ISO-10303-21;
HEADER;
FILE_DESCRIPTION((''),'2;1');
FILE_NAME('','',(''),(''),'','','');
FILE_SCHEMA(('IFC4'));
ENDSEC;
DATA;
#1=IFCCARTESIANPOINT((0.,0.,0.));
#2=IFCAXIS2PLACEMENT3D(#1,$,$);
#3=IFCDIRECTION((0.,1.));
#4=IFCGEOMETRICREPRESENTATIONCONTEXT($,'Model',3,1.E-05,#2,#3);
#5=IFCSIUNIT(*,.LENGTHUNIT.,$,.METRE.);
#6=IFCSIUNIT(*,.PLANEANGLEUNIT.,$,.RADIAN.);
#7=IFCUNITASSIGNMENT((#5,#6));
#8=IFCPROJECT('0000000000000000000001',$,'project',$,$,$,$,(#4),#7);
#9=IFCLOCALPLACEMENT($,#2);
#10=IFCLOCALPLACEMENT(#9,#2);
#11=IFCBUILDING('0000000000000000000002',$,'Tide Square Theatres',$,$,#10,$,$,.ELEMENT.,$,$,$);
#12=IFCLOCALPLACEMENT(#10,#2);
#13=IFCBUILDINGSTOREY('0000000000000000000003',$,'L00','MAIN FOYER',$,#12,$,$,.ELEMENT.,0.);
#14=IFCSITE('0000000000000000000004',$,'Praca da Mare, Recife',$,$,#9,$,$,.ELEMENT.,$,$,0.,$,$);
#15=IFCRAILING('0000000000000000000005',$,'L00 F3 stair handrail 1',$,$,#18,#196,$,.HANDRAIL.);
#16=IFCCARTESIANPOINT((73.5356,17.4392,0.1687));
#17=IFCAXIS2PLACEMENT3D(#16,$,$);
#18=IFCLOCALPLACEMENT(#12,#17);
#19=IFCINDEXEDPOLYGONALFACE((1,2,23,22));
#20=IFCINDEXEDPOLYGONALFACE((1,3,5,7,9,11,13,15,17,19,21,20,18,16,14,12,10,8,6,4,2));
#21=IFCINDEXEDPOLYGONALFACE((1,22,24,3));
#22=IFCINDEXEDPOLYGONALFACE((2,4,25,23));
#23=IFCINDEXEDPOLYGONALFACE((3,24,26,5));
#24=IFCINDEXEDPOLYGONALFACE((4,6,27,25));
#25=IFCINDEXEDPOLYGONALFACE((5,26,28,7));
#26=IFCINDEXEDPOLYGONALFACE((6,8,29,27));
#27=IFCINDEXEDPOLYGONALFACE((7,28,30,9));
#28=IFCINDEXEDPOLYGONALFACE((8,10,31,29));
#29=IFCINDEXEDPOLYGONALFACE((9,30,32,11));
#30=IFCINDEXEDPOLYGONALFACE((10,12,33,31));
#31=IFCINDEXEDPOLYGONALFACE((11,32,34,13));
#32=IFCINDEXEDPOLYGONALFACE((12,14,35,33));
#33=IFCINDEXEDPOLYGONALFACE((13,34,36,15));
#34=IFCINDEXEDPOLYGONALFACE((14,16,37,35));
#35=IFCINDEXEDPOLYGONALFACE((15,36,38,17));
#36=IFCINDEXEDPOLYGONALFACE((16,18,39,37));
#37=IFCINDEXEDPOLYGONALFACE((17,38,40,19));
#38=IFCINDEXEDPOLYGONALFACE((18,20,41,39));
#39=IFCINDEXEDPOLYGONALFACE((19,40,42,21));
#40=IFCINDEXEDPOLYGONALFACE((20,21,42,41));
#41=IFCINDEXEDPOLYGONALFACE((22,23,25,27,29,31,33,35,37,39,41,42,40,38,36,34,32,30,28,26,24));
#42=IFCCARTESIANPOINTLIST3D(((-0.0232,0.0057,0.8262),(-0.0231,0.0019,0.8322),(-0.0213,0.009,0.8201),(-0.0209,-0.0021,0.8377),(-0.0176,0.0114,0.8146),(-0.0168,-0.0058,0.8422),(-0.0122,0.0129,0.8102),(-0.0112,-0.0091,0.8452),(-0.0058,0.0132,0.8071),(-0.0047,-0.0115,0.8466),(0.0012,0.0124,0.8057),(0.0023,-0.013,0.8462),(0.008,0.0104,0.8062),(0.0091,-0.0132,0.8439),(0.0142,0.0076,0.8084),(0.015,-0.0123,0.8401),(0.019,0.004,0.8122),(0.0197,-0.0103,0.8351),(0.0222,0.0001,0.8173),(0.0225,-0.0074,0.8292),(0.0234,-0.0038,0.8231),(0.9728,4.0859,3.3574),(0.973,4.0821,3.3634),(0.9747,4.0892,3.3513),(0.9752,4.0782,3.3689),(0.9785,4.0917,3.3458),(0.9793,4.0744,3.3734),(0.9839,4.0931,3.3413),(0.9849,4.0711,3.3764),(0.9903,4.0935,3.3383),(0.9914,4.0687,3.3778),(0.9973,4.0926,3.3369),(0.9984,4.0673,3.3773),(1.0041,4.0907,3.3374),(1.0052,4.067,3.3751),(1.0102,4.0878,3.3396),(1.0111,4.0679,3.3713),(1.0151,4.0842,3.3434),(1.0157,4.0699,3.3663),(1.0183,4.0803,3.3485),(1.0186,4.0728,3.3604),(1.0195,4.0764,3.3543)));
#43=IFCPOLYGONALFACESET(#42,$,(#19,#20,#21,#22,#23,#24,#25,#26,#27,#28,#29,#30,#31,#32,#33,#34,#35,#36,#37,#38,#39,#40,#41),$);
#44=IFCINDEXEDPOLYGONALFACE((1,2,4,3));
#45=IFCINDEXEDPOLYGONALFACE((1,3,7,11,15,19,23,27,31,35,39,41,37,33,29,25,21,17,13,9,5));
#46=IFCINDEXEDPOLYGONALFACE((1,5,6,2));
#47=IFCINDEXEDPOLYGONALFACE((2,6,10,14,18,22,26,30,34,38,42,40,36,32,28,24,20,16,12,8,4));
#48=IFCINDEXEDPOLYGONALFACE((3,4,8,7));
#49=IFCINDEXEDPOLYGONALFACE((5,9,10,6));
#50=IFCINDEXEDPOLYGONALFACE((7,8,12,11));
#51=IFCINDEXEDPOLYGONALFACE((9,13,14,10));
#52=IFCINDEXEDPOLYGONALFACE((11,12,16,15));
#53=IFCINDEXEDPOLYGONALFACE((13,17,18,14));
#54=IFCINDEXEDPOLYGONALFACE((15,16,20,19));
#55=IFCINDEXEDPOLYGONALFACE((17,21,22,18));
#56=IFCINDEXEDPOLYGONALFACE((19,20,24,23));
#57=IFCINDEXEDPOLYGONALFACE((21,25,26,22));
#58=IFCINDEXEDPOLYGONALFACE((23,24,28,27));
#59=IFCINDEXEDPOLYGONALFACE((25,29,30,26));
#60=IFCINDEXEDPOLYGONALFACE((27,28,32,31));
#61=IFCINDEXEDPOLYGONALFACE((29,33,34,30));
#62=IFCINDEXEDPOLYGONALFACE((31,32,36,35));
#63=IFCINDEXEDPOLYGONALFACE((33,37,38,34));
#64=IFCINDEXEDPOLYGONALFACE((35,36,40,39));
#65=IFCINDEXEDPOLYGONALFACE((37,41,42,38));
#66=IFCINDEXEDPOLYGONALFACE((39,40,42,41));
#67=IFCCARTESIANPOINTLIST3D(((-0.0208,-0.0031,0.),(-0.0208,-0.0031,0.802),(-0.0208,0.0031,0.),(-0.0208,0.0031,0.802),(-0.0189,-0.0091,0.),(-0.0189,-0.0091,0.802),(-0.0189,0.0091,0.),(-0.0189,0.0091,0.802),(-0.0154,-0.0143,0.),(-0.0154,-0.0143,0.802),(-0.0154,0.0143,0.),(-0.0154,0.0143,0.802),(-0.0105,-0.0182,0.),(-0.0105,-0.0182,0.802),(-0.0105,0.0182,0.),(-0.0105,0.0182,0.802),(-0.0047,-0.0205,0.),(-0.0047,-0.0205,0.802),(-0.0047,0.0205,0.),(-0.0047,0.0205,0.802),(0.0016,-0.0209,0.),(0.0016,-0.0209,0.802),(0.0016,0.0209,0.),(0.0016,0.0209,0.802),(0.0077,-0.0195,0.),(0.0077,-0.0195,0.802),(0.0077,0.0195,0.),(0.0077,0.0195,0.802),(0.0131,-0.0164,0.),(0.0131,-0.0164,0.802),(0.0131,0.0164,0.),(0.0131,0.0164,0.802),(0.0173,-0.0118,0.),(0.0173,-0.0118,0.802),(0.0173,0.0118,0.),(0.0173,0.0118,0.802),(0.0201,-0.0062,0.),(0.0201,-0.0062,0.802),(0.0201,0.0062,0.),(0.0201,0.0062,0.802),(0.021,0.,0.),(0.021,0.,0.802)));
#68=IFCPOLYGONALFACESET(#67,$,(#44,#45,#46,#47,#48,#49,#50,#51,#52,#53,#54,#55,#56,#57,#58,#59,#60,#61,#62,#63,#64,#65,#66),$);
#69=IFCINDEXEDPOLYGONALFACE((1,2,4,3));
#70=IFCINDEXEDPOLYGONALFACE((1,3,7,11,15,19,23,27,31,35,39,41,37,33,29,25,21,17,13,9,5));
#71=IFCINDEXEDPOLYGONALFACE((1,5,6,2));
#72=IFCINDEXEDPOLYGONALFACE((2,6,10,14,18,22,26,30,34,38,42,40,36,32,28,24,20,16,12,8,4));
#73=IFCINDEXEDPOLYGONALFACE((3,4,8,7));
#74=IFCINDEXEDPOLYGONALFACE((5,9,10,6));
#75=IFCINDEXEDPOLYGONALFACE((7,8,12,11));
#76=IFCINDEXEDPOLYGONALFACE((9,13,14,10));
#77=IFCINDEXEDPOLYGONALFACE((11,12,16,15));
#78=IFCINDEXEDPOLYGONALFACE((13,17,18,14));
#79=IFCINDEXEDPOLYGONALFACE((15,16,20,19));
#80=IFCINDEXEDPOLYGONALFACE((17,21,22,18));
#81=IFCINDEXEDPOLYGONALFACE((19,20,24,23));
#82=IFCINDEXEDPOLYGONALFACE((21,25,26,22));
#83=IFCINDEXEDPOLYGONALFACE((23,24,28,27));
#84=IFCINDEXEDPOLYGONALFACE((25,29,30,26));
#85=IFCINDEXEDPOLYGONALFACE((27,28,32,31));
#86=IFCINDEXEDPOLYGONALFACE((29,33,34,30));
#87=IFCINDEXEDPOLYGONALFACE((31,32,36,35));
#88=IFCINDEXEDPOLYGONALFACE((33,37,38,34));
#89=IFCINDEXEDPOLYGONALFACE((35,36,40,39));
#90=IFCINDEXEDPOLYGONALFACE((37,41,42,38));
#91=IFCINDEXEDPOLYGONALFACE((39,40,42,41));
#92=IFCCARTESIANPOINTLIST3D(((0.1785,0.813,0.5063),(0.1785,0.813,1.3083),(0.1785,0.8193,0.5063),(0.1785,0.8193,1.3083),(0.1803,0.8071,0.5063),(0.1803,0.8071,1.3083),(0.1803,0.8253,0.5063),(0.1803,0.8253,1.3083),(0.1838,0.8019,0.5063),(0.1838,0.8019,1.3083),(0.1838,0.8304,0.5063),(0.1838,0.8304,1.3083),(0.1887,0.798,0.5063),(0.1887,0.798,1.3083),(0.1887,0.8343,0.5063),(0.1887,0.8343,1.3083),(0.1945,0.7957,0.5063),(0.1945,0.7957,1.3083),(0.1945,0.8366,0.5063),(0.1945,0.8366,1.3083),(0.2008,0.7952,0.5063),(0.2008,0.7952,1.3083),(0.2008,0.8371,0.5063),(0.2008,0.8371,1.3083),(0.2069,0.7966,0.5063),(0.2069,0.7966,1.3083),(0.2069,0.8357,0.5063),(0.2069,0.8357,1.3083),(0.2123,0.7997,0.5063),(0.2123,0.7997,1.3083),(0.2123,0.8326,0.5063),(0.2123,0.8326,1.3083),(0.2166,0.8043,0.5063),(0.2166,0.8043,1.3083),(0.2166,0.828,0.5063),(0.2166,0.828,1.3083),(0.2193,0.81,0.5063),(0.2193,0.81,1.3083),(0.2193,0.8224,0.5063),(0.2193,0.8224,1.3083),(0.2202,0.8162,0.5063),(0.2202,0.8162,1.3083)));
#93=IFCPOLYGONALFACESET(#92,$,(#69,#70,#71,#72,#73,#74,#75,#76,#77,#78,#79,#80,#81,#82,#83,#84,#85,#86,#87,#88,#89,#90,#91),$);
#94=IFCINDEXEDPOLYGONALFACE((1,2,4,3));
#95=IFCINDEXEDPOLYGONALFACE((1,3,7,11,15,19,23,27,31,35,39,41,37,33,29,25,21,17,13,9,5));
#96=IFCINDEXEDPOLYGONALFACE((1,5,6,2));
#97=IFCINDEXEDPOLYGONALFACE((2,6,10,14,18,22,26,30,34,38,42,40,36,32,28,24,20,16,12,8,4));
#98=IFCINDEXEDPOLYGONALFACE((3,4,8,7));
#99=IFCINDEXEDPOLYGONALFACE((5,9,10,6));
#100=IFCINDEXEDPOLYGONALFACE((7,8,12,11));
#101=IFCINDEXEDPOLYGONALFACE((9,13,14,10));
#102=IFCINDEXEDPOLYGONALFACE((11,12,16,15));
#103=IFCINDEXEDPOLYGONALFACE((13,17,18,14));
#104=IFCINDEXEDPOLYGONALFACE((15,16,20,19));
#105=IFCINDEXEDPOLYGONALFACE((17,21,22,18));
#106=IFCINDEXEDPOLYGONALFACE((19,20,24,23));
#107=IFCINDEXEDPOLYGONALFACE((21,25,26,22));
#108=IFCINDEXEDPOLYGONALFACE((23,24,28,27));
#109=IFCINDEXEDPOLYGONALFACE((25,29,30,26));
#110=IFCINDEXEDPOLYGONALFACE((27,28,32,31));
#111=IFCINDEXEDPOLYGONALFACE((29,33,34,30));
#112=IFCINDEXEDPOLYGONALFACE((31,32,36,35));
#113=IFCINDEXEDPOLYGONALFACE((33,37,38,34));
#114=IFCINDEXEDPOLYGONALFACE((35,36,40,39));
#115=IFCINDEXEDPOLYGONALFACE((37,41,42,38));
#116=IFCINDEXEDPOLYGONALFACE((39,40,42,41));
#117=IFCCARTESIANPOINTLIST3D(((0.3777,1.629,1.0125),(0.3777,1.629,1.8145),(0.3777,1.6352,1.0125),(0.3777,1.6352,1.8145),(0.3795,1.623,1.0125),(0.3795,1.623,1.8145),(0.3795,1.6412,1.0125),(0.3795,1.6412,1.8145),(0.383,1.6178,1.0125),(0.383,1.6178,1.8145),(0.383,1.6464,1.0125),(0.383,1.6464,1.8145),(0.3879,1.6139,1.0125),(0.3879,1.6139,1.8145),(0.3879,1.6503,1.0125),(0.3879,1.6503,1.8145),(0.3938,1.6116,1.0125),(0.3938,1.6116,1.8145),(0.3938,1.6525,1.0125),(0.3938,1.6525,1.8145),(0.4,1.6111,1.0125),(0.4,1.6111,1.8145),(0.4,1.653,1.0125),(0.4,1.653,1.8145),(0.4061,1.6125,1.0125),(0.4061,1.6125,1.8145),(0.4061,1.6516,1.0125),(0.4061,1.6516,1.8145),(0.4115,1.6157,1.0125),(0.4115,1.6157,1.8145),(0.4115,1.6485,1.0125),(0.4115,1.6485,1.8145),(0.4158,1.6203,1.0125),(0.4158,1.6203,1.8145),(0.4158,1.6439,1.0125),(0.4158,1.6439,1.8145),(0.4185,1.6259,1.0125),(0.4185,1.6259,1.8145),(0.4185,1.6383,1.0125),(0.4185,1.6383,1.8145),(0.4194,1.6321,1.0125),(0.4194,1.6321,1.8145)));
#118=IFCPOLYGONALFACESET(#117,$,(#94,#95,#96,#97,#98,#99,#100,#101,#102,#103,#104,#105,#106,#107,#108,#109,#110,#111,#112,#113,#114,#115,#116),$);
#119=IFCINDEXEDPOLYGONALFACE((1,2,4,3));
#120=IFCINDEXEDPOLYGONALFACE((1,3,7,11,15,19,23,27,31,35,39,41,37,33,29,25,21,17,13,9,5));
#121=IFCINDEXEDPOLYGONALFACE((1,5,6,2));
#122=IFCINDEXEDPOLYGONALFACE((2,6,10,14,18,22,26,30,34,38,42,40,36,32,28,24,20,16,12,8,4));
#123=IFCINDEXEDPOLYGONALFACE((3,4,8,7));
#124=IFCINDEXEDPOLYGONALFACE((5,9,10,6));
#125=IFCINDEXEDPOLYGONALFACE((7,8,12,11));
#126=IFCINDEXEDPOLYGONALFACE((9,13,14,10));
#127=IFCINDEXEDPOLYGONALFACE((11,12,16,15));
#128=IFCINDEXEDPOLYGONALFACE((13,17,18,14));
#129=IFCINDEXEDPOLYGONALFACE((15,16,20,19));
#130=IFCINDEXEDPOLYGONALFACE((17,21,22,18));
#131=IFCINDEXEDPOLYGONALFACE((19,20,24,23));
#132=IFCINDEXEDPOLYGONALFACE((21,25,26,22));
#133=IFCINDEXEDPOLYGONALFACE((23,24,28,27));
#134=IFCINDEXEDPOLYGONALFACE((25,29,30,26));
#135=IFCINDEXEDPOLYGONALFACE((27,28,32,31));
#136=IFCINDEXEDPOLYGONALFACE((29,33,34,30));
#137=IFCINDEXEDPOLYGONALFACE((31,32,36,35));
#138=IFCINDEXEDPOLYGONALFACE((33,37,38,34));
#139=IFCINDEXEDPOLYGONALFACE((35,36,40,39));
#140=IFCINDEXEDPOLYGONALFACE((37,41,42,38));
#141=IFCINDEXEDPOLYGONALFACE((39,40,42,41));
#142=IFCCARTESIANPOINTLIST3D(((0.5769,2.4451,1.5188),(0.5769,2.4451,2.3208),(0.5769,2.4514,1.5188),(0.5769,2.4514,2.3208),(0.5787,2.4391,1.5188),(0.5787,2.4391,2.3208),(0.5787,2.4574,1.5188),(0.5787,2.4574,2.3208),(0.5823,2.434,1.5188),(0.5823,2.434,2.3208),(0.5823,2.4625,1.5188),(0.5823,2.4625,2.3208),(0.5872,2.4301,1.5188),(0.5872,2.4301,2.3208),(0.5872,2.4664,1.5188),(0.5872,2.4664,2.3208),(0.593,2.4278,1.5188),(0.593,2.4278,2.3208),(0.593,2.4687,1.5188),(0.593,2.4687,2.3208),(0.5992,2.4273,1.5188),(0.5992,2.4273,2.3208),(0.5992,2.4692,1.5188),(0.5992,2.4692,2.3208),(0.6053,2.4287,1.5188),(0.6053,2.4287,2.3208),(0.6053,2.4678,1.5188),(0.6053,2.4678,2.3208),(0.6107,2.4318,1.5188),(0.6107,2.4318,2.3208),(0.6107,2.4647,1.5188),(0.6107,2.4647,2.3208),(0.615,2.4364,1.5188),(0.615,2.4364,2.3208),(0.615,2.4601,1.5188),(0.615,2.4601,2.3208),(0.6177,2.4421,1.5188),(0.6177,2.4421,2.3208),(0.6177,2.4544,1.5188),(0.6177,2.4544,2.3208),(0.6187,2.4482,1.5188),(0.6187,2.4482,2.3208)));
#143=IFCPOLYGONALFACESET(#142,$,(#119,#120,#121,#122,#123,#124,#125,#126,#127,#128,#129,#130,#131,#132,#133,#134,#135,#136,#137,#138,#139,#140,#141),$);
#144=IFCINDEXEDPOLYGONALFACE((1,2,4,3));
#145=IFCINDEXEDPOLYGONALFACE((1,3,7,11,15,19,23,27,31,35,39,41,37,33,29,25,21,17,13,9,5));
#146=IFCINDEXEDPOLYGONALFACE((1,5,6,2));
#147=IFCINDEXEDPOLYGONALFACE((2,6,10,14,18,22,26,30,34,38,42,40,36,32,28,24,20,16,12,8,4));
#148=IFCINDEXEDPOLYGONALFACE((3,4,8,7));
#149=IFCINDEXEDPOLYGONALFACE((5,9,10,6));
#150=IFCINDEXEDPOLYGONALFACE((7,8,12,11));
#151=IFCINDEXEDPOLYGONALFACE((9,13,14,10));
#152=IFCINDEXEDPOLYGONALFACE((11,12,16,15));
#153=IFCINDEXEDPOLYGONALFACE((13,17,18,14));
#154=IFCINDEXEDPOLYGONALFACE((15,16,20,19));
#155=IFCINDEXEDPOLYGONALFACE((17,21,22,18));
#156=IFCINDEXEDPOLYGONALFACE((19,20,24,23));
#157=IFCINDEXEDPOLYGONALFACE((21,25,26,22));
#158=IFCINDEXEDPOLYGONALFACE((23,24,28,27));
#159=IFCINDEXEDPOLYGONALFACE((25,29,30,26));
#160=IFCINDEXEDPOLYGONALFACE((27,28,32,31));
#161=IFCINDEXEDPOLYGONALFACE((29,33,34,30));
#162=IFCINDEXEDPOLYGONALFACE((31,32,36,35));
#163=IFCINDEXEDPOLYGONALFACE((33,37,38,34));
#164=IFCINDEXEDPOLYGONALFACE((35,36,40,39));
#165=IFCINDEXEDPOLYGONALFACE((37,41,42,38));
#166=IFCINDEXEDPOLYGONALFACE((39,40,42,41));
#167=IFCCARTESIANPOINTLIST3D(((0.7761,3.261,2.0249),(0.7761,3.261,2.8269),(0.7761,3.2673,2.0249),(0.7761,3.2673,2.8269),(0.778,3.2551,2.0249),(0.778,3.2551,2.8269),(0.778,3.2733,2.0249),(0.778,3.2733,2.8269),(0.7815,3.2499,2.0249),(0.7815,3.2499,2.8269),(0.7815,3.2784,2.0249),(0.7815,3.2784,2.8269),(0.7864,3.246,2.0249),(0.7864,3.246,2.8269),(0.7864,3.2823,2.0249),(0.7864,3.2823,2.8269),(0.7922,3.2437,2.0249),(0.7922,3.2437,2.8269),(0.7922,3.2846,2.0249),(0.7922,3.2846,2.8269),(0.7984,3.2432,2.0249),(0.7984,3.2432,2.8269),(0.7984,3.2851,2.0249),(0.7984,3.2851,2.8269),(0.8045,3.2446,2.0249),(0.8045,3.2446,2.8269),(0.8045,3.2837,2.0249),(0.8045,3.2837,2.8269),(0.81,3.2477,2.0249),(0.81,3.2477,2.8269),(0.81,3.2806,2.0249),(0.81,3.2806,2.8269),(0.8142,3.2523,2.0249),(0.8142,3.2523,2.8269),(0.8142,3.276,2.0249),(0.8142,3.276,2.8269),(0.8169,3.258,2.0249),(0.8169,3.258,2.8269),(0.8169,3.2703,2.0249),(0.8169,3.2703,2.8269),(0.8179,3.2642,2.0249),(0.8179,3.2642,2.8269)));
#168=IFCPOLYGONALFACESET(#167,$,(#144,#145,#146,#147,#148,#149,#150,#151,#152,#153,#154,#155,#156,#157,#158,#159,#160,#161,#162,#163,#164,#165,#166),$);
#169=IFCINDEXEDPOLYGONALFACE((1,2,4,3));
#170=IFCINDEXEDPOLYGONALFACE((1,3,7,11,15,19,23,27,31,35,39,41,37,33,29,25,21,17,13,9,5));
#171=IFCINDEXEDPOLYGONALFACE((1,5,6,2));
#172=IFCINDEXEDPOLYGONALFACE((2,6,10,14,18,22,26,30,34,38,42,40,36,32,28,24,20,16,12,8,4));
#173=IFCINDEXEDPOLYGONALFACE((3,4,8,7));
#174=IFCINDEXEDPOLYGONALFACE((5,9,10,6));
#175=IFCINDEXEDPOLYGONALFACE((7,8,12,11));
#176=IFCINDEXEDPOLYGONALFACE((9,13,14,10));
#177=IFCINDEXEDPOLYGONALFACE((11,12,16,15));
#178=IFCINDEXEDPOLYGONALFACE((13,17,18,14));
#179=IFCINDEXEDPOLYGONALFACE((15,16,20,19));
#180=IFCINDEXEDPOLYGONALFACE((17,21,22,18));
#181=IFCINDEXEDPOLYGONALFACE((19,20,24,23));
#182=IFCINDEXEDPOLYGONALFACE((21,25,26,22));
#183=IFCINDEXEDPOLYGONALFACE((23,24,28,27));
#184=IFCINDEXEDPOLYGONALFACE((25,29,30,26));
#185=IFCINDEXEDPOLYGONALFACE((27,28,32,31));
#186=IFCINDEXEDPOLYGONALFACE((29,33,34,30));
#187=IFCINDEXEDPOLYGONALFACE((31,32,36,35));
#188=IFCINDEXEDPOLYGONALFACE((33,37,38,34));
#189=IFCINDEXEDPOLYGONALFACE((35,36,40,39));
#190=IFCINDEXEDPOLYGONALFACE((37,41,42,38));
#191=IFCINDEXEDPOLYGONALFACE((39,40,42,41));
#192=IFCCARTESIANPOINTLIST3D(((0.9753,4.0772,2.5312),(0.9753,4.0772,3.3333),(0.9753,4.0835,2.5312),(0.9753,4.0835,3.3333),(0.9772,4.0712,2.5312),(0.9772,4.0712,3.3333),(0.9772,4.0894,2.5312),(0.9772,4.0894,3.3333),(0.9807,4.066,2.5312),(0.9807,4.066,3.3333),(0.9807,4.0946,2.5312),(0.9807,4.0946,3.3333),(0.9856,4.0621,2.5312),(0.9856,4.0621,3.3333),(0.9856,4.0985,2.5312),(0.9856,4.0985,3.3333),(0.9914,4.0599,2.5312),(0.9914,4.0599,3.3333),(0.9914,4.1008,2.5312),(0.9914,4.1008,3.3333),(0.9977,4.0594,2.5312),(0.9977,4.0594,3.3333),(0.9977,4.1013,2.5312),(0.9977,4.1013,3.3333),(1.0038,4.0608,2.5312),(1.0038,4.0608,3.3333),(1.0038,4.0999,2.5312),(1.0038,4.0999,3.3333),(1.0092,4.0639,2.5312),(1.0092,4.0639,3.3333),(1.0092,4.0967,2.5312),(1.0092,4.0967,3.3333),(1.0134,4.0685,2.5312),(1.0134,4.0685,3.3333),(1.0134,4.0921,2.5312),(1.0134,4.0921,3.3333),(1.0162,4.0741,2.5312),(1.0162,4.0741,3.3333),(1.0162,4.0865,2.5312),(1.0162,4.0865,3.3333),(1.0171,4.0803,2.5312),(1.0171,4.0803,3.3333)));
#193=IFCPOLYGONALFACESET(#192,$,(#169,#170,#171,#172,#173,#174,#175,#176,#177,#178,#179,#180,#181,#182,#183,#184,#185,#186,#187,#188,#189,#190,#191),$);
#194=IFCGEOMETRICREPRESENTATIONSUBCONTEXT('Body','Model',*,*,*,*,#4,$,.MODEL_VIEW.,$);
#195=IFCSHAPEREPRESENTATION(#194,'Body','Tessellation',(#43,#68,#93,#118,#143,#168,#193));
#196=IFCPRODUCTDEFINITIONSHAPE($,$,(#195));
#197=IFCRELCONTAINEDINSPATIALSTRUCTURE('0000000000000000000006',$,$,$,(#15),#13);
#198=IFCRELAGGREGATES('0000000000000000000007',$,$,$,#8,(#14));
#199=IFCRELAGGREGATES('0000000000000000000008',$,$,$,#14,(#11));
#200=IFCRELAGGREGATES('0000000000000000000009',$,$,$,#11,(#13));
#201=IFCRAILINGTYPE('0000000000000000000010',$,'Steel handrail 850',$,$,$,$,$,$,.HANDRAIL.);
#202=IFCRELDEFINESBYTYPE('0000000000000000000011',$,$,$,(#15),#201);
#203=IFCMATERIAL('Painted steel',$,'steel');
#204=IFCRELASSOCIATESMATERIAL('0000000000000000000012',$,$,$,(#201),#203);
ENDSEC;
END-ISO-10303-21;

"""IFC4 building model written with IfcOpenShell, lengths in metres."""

from ifc_helpers import new_model, si_unit, direction, frame, origin, origin_2d, place, context, subcontext, project, spatial, circle, extrude, material, type_object, element, save


model = new_model("IFC4")

# Units and contexts
model_context = context("Model", 3, precision=1e-05, world=origin(), true_north=direction((0.0, 1.0)))
body_context = subcontext(model_context, "Body", "Model", "MODEL_VIEW")
ifc_project = project(units=[si_unit("LENGTHUNIT", "METRE"), si_unit("PLANEANGLEUNIT", "RADIAN")], contexts=[model_context])

# Site, building, storey
site_placement = place(None, origin())
site = spatial("IfcSite", under=ifc_project, at=site_placement, Name="Praca da Mare, Recife", CompositionType="ELEMENT", RefElevation=0.0)
building_placement = place(site_placement, origin())
building = spatial("IfcBuilding", under=site, at=building_placement, Name="Tide Square Theatres", CompositionType="ELEMENT")
storey_placement = place(building_placement, origin())
storey = spatial("IfcBuildingStorey", under=building, at=storey_placement, Name="L00", Description="MAIN FOYER", CompositionType="ELEMENT", Elevation=0.0)

# Railing
ifc_material_1 = material(Name="Painted steel", Category="steel")
railing_type_1 = type_object("IfcRailingType", Name="Steel handrail 850", PredefinedType="HANDRAIL", material=ifc_material_1)
railing_1_placement = place(storey_placement, frame((73.5356, 17.4392, 0.1687)))
element("IfcRailing", 1, at=railing_1_placement, inside=storey, type_object=railing_type_1, Name="L00 F3 stair handrail 1", PredefinedType="HANDRAIL", context=body_context, shape_type="SweptSolid", body=[
    extrude(circle(Radius=0.0239, at=origin_2d()), frame((0.0, 0.0, 0.8262), z_axis=(0.203122, 0.832053, 0.516168), x_axis=(-0.971471, 0.237157, 0.0)), (0.0, 0.0, 1.0), 4.9038),
    extrude(circle(Radius=0.021, at=origin_2d()), origin(), (0.0, 0.0, 1.0), 0.802),
    extrude(circle(Radius=0.021, at=origin_2d()), frame((0.1992, 0.8162, 0.5063)), (0.0, 0.0, 1.0), 0.802),
    extrude(circle(Radius=0.021, at=origin_2d()), frame((0.3984, 1.6321, 1.0125)), (0.0, 0.0, 1.0), 0.802),
    extrude(circle(Radius=0.021, at=origin_2d()), frame((0.5977, 2.4482, 1.5188)), (0.0, 0.0, 1.0), 0.802),
    extrude(circle(Radius=0.021, at=origin_2d()), frame((0.7969, 3.2642, 2.0249)), (0.0, 0.0, 1.0), 0.802),
    extrude(circle(Radius=0.021, at=origin_2d()), frame((0.9961, 4.0803, 2.5312)), (0.0, 0.0, 1.0), 0.802),
])

save(model, "model.ifc")
